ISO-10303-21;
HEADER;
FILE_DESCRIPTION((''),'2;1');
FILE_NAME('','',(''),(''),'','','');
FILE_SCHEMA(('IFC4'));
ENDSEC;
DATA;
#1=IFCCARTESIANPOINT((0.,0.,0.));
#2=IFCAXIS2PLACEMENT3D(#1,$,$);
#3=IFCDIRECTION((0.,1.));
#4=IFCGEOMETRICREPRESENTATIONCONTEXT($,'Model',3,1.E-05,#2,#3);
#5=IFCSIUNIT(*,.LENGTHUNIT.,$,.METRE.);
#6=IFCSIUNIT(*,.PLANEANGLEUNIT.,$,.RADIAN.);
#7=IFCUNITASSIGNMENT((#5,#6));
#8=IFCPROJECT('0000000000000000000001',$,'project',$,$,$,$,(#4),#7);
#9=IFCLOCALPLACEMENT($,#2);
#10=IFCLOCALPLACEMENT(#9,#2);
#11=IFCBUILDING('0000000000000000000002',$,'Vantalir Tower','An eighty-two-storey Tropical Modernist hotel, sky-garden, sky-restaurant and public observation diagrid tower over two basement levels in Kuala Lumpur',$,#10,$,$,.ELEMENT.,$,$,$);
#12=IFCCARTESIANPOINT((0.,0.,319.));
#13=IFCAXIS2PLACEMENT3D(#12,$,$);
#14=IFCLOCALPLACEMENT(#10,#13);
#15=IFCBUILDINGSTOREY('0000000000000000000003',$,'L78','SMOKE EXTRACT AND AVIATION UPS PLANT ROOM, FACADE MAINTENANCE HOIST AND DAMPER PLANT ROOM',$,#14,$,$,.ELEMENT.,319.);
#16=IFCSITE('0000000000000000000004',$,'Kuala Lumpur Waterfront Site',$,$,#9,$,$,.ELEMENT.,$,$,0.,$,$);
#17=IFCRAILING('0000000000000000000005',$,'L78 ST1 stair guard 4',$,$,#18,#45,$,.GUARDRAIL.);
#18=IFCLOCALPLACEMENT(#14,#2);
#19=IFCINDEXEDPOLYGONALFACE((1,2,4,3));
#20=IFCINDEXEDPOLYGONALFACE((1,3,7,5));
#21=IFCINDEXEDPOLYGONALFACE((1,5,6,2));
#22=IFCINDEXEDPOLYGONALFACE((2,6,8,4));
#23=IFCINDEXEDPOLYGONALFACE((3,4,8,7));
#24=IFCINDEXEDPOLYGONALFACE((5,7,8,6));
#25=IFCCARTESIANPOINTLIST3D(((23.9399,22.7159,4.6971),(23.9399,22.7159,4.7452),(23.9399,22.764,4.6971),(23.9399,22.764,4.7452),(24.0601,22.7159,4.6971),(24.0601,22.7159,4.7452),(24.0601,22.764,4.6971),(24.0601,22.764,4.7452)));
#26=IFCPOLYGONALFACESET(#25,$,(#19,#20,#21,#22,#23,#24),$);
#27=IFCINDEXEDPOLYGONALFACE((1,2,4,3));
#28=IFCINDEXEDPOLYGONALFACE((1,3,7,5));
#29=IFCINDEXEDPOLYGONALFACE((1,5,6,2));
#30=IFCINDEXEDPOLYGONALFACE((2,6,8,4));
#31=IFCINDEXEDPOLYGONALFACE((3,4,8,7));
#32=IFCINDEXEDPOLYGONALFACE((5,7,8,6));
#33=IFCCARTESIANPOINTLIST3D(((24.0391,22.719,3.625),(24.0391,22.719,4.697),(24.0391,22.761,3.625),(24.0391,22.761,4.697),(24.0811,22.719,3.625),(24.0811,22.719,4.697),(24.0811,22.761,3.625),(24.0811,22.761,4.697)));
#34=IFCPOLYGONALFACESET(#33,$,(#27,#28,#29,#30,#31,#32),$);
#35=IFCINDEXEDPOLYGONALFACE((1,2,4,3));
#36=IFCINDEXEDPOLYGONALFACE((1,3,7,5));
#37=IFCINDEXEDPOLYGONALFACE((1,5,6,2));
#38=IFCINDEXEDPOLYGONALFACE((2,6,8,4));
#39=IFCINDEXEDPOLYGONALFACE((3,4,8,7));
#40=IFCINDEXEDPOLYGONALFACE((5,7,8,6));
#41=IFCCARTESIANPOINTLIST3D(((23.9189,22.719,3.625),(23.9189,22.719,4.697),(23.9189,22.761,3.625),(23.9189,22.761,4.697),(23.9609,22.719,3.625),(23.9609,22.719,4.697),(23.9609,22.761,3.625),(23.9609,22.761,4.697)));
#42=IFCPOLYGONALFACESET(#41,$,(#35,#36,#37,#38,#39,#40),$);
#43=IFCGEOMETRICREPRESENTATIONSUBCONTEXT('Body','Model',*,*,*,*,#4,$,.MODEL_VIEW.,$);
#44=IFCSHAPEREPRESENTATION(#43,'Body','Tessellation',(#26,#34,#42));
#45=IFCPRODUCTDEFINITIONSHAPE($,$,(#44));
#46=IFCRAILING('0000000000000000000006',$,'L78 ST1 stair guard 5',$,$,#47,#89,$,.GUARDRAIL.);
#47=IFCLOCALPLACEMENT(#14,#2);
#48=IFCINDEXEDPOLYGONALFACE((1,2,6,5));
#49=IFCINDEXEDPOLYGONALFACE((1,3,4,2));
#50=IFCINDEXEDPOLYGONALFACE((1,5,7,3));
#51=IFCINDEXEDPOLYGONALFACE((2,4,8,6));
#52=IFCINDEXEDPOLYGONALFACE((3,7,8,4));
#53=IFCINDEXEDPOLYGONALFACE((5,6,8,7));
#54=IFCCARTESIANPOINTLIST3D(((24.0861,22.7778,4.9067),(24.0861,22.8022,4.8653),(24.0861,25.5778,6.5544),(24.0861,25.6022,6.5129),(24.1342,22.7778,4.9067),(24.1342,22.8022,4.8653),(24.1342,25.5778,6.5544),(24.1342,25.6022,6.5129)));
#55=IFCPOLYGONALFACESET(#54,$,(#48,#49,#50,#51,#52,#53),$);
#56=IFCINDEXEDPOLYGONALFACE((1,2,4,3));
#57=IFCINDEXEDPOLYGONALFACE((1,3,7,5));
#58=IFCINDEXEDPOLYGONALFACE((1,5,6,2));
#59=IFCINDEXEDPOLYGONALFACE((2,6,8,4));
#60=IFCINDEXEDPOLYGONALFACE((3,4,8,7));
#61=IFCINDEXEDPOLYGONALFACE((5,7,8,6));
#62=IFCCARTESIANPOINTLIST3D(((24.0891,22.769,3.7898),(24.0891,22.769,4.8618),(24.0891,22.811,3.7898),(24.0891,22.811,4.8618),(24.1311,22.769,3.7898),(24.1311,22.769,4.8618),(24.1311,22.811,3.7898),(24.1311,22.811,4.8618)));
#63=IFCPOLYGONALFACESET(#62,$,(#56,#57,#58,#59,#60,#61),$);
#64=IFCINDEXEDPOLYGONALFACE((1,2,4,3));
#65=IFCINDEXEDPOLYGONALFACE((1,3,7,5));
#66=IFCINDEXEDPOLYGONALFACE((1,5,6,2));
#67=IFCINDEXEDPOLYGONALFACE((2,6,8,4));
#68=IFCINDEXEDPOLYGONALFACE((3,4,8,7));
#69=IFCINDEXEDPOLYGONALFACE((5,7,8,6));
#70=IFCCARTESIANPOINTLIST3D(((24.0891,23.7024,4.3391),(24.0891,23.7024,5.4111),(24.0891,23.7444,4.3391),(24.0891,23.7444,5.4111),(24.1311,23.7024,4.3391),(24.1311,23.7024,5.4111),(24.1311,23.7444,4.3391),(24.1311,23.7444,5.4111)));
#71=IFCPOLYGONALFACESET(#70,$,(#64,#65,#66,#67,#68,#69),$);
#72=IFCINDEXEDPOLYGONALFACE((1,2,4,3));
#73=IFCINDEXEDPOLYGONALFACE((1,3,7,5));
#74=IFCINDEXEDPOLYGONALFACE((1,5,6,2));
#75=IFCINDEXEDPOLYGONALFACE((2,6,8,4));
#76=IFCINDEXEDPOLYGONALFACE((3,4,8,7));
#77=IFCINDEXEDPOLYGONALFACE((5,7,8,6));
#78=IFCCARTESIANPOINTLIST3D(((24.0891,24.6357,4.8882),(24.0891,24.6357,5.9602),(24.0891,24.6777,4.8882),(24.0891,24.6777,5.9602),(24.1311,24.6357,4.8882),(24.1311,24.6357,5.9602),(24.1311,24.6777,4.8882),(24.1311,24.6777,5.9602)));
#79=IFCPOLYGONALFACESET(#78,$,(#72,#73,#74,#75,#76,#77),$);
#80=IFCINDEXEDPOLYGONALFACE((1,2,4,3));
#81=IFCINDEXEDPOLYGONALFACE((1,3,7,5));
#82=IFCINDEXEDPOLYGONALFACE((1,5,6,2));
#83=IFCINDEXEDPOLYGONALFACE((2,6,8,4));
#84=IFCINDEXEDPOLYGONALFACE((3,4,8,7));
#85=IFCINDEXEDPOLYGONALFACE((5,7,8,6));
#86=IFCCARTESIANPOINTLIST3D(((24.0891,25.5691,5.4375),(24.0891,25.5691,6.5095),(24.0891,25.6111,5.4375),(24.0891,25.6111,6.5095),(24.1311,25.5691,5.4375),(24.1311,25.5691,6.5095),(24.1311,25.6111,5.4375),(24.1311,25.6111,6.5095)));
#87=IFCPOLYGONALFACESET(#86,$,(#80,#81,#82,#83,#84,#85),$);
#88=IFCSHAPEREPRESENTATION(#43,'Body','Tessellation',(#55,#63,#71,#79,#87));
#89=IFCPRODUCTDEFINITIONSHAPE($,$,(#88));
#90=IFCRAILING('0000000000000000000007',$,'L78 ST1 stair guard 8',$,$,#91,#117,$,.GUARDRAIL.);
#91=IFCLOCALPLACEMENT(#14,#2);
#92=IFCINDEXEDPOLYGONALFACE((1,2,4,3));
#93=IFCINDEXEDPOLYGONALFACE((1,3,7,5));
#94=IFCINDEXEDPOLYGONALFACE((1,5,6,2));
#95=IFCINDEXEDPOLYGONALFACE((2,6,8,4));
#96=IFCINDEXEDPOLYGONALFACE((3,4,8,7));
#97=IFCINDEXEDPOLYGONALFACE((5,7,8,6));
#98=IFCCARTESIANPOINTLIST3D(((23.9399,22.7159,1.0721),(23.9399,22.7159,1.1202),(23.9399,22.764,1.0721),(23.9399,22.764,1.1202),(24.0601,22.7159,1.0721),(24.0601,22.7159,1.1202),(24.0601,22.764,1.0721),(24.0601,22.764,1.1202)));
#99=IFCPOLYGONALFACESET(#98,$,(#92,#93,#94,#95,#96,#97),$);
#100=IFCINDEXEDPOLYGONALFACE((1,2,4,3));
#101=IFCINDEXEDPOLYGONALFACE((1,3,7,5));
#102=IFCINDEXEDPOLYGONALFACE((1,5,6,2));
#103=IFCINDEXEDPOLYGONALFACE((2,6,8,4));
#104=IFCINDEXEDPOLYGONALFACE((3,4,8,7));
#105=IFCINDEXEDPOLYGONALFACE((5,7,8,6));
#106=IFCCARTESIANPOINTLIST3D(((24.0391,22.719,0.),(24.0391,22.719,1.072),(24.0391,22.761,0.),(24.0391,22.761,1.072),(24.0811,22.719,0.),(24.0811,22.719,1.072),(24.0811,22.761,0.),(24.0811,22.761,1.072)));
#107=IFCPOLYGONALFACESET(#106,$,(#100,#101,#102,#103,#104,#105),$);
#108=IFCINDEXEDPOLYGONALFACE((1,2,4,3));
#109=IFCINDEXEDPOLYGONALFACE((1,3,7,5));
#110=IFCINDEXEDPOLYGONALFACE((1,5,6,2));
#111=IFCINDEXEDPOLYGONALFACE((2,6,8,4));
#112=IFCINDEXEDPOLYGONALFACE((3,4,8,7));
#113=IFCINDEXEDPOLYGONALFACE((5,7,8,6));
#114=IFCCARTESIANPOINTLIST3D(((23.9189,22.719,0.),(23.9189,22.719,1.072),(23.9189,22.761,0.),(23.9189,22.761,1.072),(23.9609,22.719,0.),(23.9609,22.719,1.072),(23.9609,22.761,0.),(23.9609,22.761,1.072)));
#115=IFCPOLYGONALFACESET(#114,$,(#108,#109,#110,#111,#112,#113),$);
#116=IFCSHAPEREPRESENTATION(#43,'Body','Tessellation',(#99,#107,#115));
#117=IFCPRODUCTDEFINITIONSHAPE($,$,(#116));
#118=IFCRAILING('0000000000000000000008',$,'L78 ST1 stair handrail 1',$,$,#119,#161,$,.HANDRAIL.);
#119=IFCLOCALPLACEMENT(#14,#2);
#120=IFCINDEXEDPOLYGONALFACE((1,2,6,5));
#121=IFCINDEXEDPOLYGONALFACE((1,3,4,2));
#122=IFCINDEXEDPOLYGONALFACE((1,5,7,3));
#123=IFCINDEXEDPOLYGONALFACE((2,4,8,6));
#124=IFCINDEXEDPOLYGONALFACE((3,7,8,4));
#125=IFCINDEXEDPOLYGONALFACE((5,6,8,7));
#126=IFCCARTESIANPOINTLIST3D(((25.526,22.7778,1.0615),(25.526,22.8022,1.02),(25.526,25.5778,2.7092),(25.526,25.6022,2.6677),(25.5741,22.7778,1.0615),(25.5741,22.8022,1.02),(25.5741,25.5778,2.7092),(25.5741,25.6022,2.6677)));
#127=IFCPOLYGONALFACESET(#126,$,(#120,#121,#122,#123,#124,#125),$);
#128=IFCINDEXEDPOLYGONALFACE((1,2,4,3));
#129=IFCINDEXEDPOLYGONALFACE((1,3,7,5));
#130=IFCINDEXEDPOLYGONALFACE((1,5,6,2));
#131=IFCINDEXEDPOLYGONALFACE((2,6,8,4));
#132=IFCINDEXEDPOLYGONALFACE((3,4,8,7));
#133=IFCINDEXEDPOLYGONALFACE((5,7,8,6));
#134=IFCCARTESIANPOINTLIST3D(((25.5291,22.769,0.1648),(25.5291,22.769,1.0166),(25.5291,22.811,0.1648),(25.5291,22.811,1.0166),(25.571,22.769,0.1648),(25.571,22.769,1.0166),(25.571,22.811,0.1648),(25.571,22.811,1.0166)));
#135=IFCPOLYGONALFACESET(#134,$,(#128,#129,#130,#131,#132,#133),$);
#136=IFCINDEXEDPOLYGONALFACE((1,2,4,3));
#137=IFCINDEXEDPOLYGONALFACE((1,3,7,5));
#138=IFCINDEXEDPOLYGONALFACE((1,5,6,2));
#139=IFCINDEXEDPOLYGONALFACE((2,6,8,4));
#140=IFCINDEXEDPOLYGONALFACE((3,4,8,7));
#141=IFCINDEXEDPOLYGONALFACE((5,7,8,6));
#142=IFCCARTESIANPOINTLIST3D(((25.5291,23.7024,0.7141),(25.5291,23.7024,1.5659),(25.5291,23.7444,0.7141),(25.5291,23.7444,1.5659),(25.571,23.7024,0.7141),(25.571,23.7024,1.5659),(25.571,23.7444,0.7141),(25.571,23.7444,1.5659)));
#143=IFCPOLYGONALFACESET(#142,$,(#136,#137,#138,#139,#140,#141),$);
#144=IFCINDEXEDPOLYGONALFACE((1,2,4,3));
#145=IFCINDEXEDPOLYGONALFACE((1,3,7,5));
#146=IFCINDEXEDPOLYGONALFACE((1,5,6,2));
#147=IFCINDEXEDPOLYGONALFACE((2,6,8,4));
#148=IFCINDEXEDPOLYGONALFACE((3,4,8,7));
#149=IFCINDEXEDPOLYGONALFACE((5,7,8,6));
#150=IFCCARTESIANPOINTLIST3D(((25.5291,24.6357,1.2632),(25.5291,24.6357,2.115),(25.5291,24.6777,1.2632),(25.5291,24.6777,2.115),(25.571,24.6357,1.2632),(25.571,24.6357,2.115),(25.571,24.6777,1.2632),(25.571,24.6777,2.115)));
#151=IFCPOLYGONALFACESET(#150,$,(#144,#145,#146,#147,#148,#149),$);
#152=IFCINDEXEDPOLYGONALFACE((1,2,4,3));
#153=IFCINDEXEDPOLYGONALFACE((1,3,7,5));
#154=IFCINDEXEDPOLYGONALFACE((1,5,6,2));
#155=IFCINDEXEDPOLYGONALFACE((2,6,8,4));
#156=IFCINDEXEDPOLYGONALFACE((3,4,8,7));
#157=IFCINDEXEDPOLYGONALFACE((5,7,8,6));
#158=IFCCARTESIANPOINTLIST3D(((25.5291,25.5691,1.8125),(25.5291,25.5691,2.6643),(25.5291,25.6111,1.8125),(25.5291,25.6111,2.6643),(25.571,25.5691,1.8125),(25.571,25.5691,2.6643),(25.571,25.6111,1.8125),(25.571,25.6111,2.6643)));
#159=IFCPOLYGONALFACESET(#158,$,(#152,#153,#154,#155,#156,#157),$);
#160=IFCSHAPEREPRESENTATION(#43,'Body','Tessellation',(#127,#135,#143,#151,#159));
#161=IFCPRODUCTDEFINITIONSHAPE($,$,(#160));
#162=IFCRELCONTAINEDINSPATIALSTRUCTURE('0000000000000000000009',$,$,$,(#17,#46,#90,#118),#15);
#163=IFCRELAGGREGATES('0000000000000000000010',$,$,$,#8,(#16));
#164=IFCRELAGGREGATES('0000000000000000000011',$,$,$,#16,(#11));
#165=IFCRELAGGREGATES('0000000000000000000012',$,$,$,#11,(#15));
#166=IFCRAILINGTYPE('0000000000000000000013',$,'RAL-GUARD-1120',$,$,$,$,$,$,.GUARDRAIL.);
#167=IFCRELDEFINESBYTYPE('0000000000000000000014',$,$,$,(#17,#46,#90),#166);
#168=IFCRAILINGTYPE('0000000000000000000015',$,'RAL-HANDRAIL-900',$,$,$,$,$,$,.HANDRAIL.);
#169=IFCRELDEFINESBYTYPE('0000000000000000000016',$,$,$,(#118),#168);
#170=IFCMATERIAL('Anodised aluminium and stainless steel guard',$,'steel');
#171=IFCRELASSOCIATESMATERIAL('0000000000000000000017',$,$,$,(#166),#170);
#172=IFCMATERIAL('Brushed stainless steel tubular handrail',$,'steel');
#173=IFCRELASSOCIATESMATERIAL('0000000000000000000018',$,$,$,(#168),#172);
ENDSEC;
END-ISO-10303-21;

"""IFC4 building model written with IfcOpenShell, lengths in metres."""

from ifc_helpers import new_model, si_unit, direction, frame, origin, origin_2d, place, context, subcontext, project, spatial, rectangle, extrude, material, type_object, element, save


model = new_model("IFC4")

# Units and contexts
model_context = context("Model", 3, precision=1e-05, world=origin(), true_north=direction((0.0, 1.0)))
body_context = subcontext(model_context, "Body", "Model", "MODEL_VIEW")
ifc_project = project(units=[si_unit("LENGTHUNIT", "METRE"), si_unit("PLANEANGLEUNIT", "RADIAN")], contexts=[model_context])

# Site, building, storey
site_placement = place(None, origin())
site = spatial("IfcSite", under=ifc_project, at=site_placement, Name="Kuala Lumpur Waterfront Site", CompositionType="ELEMENT", RefElevation=0.0)
building_placement = place(site_placement, origin())
building = spatial("IfcBuilding", under=site, at=building_placement, Name="Vantalir Tower", Description="An eighty-two-storey Tropical Modernist hotel, sky-garden, sky-restaurant and public observation diagrid tower over two basement levels in Kuala Lumpur", CompositionType="ELEMENT")
storey_placement = place(building_placement, frame((0.0, 0.0, 319.0)))
storey = spatial("IfcBuildingStorey", under=building, at=storey_placement, Name="L78", Description="SMOKE EXTRACT AND AVIATION UPS PLANT ROOM, FACADE MAINTENANCE HOIST AND DAMPER PLANT ROOM", CompositionType="ELEMENT", Elevation=319.0)

# Railings
ifc_material_1 = material(Name="Anodised aluminium and stainless steel guard", Category="steel")
railing_type_1 = type_object("IfcRailingType", Name="RAL-GUARD-1120", PredefinedType="GUARDRAIL", material=ifc_material_1)
railing_1_placement = place(storey_placement, frame((24.0601, 22.74, 3.625)))
element("IfcRailing", 1, at=railing_1_placement, inside=storey, type_object=railing_type_1, Name="L78 ST1 stair guard 4", PredefinedType="GUARDRAIL", context=body_context, shape_type="SweptSolid", body=[
    extrude(rectangle(XDim=0.0481, YDim=0.0481, at=origin_2d()), frame((0.0, 0.0, 1.0962), z_axis=(-1.0, 0.0, 0.0), x_axis=(0.0, -1.0, 0.0)), (0.0, 0.0, 1.0), 0.1201),
    extrude(rectangle(XDim=0.042, YDim=0.042, at=origin_2d()), origin(), (0.0, 0.0, 1.0), 1.072),
    extrude(rectangle(XDim=0.042, YDim=0.042, at=origin_2d()), frame((-0.1201, 0.0, 0.0)), (0.0, 0.0, 1.0), 1.072),
])
railing_2_placement = place(storey_placement, frame((24.1101, 22.79, 3.7898)))
element("IfcRailing", 2, at=railing_2_placement, inside=storey, type_object=railing_type_1, Name="L78 ST1 stair guard 5", PredefinedType="GUARDRAIL", context=body_context, shape_type="SweptSolid", body=[
    extrude(rectangle(XDim=0.0481, YDim=0.0481, at=origin_2d()), frame((0.0, 0.0, 1.0962), z_axis=(0.0, 0.861851, 0.507161), x_axis=(-1.0, 0.0, 0.0)), (0.0, 0.0, 1.0), 3.2488),
    extrude(rectangle(XDim=0.042, YDim=0.042, at=origin_2d()), origin(), (0.0, 0.0, 1.0), 1.072),
    extrude(rectangle(XDim=0.042, YDim=0.042, at=origin_2d()), frame((0.0, 0.9333, 0.5493)), (0.0, 0.0, 1.0), 1.072),
    extrude(rectangle(XDim=0.042, YDim=0.042, at=origin_2d()), frame((0.0, 1.8667, 1.0984)), (0.0, 0.0, 1.0), 1.072),
    extrude(rectangle(XDim=0.042, YDim=0.042, at=origin_2d()), frame((0.0, 2.8, 1.6477)), (0.0, 0.0, 1.0), 1.072),
])
railing_3_placement = place(storey_placement, frame((24.0601, 22.74, 0.0)))
element("IfcRailing", 3, at=railing_3_placement, inside=storey, type_object=railing_type_1, Name="L78 ST1 stair guard 8", PredefinedType="GUARDRAIL", context=body_context, shape_type="SweptSolid", body=[
    extrude(rectangle(XDim=0.0481, YDim=0.0481, at=origin_2d()), frame((0.0, 0.0, 1.0962), z_axis=(-1.0, 0.0, 0.0), x_axis=(0.0, -1.0, 0.0)), (0.0, 0.0, 1.0), 0.1201),
    extrude(rectangle(XDim=0.042, YDim=0.042, at=origin_2d()), origin(), (0.0, 0.0, 1.0), 1.072),
    extrude(rectangle(XDim=0.042, YDim=0.042, at=origin_2d()), frame((-0.1201, 0.0, 0.0)), (0.0, 0.0, 1.0), 1.072),
])
ifc_material_2 = material(Name="Brushed stainless steel tubular handrail", Category="steel")
railing_type_2 = type_object("IfcRailingType", Name="RAL-HANDRAIL-900", PredefinedType="HANDRAIL", material=ifc_material_2)
railing_4_placement = place(storey_placement, frame((25.55, 22.79, 0.1648)))
element("IfcRailing", 4, at=railing_4_placement, inside=storey, type_object=railing_type_2, Name="L78 ST1 stair handrail 1", PredefinedType="HANDRAIL", context=body_context, shape_type="SweptSolid", body=[
    extrude(rectangle(XDim=0.0481, YDim=0.0481, at=origin_2d()), frame((0.0, 0.0, 0.876), z_axis=(0.0, 0.861851, 0.507161), x_axis=(-1.0, 0.0, 0.0)), (0.0, 0.0, 1.0), 3.2488),
    extrude(rectangle(XDim=0.042, YDim=0.042, at=origin_2d()), origin(), (0.0, 0.0, 1.0), 0.8518),
    extrude(rectangle(XDim=0.042, YDim=0.042, at=origin_2d()), frame((0.0, 0.9333, 0.5493)), (0.0, 0.0, 1.0), 0.8518),
    extrude(rectangle(XDim=0.042, YDim=0.042, at=origin_2d()), frame((0.0, 1.8667, 1.0984)), (0.0, 0.0, 1.0), 0.8518),
    extrude(rectangle(XDim=0.042, YDim=0.042, at=origin_2d()), frame((0.0, 2.8, 1.6477)), (0.0, 0.0, 1.0), 0.8518),
])

save(model, "model.ifc")
